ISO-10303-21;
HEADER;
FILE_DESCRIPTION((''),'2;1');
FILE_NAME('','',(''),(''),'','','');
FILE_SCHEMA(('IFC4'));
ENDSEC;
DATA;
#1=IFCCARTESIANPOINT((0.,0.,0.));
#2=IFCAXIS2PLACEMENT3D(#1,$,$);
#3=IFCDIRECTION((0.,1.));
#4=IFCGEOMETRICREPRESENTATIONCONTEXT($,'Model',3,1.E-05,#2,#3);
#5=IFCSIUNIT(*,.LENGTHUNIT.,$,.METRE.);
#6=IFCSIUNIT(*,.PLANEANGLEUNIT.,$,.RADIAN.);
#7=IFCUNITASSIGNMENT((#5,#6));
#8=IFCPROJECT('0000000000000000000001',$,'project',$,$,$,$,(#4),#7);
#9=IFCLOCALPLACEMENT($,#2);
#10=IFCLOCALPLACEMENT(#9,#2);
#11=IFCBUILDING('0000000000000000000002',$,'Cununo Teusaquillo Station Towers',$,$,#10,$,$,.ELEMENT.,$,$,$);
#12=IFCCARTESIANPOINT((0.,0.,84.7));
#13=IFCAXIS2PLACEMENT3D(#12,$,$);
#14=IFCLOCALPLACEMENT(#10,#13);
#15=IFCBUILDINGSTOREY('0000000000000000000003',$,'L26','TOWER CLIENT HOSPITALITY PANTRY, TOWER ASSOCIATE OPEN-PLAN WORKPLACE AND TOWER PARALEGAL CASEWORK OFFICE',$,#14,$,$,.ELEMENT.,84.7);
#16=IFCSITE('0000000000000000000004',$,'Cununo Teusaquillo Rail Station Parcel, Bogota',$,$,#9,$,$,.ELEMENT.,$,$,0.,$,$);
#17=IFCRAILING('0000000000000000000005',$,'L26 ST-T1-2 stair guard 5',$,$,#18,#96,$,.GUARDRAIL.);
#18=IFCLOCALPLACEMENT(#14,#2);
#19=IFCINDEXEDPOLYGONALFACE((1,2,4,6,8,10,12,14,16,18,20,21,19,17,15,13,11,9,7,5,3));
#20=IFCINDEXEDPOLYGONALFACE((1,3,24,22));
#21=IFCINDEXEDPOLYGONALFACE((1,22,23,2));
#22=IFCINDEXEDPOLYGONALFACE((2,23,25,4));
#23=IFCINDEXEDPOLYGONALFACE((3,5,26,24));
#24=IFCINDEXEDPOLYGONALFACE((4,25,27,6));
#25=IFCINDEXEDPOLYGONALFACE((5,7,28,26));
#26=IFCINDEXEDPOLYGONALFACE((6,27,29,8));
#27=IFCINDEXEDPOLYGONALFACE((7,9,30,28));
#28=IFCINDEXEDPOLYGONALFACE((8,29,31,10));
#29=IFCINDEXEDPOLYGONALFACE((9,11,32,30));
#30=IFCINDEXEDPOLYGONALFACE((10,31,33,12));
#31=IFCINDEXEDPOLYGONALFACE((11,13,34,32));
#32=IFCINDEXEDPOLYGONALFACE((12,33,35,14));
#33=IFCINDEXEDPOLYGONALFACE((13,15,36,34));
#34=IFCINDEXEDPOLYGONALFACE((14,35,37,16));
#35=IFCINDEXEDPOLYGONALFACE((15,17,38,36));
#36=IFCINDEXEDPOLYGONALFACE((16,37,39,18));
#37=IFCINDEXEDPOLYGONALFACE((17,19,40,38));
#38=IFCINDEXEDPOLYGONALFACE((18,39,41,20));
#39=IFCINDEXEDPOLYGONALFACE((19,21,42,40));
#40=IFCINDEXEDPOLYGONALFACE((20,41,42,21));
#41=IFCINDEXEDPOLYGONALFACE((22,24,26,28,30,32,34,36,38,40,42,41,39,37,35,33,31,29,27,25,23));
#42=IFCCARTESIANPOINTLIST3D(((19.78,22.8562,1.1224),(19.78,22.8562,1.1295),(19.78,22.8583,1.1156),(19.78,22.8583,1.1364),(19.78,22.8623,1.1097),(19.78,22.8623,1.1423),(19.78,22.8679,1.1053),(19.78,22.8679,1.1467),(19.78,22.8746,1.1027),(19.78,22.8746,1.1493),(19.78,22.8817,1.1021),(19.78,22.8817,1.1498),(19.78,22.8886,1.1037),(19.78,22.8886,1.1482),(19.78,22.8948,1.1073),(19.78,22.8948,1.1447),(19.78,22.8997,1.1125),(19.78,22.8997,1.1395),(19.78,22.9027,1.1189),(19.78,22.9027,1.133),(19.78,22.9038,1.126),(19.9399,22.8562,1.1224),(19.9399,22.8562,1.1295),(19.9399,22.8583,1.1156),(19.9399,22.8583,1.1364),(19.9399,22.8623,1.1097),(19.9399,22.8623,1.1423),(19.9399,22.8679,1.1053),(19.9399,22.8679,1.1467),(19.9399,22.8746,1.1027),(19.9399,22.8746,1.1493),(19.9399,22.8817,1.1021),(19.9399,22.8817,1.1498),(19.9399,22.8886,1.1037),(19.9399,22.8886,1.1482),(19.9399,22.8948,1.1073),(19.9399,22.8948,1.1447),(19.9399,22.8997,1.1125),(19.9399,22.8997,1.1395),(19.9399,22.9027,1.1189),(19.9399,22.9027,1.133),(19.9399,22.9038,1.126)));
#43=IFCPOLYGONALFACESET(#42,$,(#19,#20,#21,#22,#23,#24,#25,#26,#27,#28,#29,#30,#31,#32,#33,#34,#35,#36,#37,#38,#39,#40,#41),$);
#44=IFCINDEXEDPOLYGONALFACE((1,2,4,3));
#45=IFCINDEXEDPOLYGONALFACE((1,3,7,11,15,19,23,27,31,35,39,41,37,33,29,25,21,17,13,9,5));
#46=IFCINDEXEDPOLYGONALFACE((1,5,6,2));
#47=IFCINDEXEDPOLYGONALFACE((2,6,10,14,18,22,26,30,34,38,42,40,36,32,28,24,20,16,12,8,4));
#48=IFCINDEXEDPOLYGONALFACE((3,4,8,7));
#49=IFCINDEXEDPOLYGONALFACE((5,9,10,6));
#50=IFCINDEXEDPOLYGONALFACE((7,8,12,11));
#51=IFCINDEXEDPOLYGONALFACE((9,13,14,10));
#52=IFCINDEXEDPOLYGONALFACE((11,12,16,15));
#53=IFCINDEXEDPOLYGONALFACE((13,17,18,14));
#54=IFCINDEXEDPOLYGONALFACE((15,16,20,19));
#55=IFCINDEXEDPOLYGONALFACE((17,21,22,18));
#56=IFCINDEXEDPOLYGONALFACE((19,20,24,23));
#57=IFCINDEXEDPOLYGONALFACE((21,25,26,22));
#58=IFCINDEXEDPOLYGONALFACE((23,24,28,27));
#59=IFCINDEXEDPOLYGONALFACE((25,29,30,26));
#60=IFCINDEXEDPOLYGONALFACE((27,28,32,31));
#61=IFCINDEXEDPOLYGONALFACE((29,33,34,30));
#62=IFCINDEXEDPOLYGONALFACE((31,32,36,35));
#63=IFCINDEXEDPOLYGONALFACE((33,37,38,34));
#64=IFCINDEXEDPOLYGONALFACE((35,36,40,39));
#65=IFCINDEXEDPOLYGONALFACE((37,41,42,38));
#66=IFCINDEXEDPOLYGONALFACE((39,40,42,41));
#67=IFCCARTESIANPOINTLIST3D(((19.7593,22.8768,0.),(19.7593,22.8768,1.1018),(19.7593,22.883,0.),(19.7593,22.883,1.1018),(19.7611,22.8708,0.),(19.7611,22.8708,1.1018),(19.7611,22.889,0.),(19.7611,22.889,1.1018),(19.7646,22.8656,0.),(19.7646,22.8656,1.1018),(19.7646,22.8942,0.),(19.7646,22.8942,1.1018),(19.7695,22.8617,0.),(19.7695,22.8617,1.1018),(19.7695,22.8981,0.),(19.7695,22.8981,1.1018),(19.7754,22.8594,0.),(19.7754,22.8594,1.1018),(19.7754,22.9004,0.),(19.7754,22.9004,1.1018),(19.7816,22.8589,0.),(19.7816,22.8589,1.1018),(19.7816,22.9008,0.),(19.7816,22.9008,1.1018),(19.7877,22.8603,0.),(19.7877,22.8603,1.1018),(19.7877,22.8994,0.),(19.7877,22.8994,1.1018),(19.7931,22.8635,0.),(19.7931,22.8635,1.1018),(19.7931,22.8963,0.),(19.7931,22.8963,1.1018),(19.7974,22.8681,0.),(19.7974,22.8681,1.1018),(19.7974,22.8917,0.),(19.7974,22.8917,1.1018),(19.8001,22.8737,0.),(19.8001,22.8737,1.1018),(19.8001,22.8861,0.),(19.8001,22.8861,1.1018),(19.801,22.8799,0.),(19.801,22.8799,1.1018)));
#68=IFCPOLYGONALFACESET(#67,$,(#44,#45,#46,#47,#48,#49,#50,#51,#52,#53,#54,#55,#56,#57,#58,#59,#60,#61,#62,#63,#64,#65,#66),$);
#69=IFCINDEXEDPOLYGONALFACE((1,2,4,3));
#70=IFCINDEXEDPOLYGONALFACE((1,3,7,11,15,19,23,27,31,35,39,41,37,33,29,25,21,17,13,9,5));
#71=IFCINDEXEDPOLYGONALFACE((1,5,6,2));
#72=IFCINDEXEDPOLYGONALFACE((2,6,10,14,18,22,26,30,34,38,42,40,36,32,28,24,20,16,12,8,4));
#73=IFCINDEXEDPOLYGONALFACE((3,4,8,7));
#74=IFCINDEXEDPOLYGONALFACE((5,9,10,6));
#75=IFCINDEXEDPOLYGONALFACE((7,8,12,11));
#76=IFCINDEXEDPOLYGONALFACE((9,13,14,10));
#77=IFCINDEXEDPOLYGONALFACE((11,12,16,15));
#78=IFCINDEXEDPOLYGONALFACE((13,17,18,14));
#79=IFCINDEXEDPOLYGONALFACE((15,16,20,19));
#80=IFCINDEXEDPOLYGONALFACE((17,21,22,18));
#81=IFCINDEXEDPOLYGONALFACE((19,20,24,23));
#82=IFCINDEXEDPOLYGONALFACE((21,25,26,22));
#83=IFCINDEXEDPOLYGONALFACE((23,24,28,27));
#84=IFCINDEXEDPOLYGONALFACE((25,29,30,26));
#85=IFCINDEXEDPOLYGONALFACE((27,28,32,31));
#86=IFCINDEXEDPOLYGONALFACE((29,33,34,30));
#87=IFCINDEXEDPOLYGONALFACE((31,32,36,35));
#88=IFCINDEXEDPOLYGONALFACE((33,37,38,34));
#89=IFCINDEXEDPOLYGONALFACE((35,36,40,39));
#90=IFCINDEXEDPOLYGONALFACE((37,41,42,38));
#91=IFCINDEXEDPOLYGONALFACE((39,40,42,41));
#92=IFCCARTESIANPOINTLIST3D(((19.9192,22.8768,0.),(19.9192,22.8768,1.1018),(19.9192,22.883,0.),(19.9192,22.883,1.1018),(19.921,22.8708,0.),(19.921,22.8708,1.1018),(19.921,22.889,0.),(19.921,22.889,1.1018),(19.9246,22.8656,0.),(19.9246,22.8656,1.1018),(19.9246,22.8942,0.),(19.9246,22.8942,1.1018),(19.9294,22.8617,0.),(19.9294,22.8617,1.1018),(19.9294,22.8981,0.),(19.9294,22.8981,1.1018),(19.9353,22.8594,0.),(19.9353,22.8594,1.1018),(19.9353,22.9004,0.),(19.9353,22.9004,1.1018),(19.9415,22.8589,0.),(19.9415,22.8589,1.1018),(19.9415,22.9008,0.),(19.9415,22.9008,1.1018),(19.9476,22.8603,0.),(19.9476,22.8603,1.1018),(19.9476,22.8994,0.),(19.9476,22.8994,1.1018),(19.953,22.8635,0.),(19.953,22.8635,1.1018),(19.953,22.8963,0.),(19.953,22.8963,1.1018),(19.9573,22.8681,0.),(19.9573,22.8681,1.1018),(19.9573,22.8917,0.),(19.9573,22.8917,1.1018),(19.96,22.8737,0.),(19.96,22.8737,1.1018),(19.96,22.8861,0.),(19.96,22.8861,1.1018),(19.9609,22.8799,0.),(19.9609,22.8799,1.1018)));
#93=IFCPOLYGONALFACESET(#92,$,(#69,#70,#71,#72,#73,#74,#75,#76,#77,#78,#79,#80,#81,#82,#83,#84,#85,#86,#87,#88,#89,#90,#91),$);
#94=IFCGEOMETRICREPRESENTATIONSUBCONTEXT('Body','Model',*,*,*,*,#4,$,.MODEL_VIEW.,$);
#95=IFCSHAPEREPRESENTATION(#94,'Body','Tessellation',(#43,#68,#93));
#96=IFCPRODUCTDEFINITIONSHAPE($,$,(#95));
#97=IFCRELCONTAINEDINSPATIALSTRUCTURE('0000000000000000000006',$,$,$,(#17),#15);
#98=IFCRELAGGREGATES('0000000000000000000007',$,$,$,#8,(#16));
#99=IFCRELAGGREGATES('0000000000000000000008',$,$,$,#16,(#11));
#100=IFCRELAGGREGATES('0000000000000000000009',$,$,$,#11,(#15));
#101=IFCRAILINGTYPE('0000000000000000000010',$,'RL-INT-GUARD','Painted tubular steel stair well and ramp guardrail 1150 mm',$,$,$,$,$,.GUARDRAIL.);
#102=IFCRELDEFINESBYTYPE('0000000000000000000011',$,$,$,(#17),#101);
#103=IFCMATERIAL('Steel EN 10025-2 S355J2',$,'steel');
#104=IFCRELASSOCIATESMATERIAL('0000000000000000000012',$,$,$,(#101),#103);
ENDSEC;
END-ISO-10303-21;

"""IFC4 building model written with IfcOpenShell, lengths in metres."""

from ifc_helpers import new_model, si_unit, direction, frame, origin, origin_2d, place, context, subcontext, project, spatial, circle, extrude, material, type_object, element, save


model = new_model("IFC4")

# Units and contexts
model_context = context("Model", 3, precision=1e-05, world=origin(), true_north=direction((0.0, 1.0)))
body_context = subcontext(model_context, "Body", "Model", "MODEL_VIEW")
ifc_project = project(units=[si_unit("LENGTHUNIT", "METRE"), si_unit("PLANEANGLEUNIT", "RADIAN")], contexts=[model_context])

# Site, building, storey
site_placement = place(None, origin())
site = spatial("IfcSite", under=ifc_project, at=site_placement, Name="Cununo Teusaquillo Rail Station Parcel, Bogota", CompositionType="ELEMENT", RefElevation=0.0)
building_placement = place(site_placement, origin())
building = spatial("IfcBuilding", under=site, at=building_placement, Name="Cununo Teusaquillo Station Towers", CompositionType="ELEMENT")
storey_placement = place(building_placement, frame((0.0, 0.0, 84.7)))
storey = spatial("IfcBuildingStorey", under=building, at=storey_placement, Name="L26", Description="TOWER CLIENT HOSPITALITY PANTRY, TOWER ASSOCIATE OPEN-PLAN WORKPLACE AND TOWER PARALEGAL CASEWORK OFFICE", CompositionType="ELEMENT", Elevation=84.7)

# Railing
ifc_material_1 = material(Name="Steel EN 10025-2 S355J2", Category="steel")
railing_type_1 = type_object("IfcRailingType", Name="RL-INT-GUARD", Description="Painted tubular steel stair well and ramp guardrail 1150 mm", PredefinedType="GUARDRAIL", material=ifc_material_1)
railing_1_placement = place(storey_placement, frame((19.78, 22.8799, 0.0)))
element("IfcRailing", 1, at=railing_1_placement, inside=storey, type_object=railing_type_1, Name="L26 ST-T1-2 stair guard 5", PredefinedType="GUARDRAIL", context=body_context, shape_type="SweptSolid", body=[
    extrude(circle(Radius=0.0239, at=origin_2d()), frame((0.0, 0.0, 1.126), z_axis=(1.0, 0.0, 0.0), x_axis=(0.0, 1.0, 0.0)), (0.0, 0.0, 1.0), 0.1599),
    extrude(circle(Radius=0.021, at=origin_2d()), origin(), (0.0, 0.0, 1.0), 1.1018),
    extrude(circle(Radius=0.021, at=origin_2d()), frame((0.1599, 0.0, 0.0)), (0.0, 0.0, 1.0), 1.1018),
])

save(model, "model.ifc")
